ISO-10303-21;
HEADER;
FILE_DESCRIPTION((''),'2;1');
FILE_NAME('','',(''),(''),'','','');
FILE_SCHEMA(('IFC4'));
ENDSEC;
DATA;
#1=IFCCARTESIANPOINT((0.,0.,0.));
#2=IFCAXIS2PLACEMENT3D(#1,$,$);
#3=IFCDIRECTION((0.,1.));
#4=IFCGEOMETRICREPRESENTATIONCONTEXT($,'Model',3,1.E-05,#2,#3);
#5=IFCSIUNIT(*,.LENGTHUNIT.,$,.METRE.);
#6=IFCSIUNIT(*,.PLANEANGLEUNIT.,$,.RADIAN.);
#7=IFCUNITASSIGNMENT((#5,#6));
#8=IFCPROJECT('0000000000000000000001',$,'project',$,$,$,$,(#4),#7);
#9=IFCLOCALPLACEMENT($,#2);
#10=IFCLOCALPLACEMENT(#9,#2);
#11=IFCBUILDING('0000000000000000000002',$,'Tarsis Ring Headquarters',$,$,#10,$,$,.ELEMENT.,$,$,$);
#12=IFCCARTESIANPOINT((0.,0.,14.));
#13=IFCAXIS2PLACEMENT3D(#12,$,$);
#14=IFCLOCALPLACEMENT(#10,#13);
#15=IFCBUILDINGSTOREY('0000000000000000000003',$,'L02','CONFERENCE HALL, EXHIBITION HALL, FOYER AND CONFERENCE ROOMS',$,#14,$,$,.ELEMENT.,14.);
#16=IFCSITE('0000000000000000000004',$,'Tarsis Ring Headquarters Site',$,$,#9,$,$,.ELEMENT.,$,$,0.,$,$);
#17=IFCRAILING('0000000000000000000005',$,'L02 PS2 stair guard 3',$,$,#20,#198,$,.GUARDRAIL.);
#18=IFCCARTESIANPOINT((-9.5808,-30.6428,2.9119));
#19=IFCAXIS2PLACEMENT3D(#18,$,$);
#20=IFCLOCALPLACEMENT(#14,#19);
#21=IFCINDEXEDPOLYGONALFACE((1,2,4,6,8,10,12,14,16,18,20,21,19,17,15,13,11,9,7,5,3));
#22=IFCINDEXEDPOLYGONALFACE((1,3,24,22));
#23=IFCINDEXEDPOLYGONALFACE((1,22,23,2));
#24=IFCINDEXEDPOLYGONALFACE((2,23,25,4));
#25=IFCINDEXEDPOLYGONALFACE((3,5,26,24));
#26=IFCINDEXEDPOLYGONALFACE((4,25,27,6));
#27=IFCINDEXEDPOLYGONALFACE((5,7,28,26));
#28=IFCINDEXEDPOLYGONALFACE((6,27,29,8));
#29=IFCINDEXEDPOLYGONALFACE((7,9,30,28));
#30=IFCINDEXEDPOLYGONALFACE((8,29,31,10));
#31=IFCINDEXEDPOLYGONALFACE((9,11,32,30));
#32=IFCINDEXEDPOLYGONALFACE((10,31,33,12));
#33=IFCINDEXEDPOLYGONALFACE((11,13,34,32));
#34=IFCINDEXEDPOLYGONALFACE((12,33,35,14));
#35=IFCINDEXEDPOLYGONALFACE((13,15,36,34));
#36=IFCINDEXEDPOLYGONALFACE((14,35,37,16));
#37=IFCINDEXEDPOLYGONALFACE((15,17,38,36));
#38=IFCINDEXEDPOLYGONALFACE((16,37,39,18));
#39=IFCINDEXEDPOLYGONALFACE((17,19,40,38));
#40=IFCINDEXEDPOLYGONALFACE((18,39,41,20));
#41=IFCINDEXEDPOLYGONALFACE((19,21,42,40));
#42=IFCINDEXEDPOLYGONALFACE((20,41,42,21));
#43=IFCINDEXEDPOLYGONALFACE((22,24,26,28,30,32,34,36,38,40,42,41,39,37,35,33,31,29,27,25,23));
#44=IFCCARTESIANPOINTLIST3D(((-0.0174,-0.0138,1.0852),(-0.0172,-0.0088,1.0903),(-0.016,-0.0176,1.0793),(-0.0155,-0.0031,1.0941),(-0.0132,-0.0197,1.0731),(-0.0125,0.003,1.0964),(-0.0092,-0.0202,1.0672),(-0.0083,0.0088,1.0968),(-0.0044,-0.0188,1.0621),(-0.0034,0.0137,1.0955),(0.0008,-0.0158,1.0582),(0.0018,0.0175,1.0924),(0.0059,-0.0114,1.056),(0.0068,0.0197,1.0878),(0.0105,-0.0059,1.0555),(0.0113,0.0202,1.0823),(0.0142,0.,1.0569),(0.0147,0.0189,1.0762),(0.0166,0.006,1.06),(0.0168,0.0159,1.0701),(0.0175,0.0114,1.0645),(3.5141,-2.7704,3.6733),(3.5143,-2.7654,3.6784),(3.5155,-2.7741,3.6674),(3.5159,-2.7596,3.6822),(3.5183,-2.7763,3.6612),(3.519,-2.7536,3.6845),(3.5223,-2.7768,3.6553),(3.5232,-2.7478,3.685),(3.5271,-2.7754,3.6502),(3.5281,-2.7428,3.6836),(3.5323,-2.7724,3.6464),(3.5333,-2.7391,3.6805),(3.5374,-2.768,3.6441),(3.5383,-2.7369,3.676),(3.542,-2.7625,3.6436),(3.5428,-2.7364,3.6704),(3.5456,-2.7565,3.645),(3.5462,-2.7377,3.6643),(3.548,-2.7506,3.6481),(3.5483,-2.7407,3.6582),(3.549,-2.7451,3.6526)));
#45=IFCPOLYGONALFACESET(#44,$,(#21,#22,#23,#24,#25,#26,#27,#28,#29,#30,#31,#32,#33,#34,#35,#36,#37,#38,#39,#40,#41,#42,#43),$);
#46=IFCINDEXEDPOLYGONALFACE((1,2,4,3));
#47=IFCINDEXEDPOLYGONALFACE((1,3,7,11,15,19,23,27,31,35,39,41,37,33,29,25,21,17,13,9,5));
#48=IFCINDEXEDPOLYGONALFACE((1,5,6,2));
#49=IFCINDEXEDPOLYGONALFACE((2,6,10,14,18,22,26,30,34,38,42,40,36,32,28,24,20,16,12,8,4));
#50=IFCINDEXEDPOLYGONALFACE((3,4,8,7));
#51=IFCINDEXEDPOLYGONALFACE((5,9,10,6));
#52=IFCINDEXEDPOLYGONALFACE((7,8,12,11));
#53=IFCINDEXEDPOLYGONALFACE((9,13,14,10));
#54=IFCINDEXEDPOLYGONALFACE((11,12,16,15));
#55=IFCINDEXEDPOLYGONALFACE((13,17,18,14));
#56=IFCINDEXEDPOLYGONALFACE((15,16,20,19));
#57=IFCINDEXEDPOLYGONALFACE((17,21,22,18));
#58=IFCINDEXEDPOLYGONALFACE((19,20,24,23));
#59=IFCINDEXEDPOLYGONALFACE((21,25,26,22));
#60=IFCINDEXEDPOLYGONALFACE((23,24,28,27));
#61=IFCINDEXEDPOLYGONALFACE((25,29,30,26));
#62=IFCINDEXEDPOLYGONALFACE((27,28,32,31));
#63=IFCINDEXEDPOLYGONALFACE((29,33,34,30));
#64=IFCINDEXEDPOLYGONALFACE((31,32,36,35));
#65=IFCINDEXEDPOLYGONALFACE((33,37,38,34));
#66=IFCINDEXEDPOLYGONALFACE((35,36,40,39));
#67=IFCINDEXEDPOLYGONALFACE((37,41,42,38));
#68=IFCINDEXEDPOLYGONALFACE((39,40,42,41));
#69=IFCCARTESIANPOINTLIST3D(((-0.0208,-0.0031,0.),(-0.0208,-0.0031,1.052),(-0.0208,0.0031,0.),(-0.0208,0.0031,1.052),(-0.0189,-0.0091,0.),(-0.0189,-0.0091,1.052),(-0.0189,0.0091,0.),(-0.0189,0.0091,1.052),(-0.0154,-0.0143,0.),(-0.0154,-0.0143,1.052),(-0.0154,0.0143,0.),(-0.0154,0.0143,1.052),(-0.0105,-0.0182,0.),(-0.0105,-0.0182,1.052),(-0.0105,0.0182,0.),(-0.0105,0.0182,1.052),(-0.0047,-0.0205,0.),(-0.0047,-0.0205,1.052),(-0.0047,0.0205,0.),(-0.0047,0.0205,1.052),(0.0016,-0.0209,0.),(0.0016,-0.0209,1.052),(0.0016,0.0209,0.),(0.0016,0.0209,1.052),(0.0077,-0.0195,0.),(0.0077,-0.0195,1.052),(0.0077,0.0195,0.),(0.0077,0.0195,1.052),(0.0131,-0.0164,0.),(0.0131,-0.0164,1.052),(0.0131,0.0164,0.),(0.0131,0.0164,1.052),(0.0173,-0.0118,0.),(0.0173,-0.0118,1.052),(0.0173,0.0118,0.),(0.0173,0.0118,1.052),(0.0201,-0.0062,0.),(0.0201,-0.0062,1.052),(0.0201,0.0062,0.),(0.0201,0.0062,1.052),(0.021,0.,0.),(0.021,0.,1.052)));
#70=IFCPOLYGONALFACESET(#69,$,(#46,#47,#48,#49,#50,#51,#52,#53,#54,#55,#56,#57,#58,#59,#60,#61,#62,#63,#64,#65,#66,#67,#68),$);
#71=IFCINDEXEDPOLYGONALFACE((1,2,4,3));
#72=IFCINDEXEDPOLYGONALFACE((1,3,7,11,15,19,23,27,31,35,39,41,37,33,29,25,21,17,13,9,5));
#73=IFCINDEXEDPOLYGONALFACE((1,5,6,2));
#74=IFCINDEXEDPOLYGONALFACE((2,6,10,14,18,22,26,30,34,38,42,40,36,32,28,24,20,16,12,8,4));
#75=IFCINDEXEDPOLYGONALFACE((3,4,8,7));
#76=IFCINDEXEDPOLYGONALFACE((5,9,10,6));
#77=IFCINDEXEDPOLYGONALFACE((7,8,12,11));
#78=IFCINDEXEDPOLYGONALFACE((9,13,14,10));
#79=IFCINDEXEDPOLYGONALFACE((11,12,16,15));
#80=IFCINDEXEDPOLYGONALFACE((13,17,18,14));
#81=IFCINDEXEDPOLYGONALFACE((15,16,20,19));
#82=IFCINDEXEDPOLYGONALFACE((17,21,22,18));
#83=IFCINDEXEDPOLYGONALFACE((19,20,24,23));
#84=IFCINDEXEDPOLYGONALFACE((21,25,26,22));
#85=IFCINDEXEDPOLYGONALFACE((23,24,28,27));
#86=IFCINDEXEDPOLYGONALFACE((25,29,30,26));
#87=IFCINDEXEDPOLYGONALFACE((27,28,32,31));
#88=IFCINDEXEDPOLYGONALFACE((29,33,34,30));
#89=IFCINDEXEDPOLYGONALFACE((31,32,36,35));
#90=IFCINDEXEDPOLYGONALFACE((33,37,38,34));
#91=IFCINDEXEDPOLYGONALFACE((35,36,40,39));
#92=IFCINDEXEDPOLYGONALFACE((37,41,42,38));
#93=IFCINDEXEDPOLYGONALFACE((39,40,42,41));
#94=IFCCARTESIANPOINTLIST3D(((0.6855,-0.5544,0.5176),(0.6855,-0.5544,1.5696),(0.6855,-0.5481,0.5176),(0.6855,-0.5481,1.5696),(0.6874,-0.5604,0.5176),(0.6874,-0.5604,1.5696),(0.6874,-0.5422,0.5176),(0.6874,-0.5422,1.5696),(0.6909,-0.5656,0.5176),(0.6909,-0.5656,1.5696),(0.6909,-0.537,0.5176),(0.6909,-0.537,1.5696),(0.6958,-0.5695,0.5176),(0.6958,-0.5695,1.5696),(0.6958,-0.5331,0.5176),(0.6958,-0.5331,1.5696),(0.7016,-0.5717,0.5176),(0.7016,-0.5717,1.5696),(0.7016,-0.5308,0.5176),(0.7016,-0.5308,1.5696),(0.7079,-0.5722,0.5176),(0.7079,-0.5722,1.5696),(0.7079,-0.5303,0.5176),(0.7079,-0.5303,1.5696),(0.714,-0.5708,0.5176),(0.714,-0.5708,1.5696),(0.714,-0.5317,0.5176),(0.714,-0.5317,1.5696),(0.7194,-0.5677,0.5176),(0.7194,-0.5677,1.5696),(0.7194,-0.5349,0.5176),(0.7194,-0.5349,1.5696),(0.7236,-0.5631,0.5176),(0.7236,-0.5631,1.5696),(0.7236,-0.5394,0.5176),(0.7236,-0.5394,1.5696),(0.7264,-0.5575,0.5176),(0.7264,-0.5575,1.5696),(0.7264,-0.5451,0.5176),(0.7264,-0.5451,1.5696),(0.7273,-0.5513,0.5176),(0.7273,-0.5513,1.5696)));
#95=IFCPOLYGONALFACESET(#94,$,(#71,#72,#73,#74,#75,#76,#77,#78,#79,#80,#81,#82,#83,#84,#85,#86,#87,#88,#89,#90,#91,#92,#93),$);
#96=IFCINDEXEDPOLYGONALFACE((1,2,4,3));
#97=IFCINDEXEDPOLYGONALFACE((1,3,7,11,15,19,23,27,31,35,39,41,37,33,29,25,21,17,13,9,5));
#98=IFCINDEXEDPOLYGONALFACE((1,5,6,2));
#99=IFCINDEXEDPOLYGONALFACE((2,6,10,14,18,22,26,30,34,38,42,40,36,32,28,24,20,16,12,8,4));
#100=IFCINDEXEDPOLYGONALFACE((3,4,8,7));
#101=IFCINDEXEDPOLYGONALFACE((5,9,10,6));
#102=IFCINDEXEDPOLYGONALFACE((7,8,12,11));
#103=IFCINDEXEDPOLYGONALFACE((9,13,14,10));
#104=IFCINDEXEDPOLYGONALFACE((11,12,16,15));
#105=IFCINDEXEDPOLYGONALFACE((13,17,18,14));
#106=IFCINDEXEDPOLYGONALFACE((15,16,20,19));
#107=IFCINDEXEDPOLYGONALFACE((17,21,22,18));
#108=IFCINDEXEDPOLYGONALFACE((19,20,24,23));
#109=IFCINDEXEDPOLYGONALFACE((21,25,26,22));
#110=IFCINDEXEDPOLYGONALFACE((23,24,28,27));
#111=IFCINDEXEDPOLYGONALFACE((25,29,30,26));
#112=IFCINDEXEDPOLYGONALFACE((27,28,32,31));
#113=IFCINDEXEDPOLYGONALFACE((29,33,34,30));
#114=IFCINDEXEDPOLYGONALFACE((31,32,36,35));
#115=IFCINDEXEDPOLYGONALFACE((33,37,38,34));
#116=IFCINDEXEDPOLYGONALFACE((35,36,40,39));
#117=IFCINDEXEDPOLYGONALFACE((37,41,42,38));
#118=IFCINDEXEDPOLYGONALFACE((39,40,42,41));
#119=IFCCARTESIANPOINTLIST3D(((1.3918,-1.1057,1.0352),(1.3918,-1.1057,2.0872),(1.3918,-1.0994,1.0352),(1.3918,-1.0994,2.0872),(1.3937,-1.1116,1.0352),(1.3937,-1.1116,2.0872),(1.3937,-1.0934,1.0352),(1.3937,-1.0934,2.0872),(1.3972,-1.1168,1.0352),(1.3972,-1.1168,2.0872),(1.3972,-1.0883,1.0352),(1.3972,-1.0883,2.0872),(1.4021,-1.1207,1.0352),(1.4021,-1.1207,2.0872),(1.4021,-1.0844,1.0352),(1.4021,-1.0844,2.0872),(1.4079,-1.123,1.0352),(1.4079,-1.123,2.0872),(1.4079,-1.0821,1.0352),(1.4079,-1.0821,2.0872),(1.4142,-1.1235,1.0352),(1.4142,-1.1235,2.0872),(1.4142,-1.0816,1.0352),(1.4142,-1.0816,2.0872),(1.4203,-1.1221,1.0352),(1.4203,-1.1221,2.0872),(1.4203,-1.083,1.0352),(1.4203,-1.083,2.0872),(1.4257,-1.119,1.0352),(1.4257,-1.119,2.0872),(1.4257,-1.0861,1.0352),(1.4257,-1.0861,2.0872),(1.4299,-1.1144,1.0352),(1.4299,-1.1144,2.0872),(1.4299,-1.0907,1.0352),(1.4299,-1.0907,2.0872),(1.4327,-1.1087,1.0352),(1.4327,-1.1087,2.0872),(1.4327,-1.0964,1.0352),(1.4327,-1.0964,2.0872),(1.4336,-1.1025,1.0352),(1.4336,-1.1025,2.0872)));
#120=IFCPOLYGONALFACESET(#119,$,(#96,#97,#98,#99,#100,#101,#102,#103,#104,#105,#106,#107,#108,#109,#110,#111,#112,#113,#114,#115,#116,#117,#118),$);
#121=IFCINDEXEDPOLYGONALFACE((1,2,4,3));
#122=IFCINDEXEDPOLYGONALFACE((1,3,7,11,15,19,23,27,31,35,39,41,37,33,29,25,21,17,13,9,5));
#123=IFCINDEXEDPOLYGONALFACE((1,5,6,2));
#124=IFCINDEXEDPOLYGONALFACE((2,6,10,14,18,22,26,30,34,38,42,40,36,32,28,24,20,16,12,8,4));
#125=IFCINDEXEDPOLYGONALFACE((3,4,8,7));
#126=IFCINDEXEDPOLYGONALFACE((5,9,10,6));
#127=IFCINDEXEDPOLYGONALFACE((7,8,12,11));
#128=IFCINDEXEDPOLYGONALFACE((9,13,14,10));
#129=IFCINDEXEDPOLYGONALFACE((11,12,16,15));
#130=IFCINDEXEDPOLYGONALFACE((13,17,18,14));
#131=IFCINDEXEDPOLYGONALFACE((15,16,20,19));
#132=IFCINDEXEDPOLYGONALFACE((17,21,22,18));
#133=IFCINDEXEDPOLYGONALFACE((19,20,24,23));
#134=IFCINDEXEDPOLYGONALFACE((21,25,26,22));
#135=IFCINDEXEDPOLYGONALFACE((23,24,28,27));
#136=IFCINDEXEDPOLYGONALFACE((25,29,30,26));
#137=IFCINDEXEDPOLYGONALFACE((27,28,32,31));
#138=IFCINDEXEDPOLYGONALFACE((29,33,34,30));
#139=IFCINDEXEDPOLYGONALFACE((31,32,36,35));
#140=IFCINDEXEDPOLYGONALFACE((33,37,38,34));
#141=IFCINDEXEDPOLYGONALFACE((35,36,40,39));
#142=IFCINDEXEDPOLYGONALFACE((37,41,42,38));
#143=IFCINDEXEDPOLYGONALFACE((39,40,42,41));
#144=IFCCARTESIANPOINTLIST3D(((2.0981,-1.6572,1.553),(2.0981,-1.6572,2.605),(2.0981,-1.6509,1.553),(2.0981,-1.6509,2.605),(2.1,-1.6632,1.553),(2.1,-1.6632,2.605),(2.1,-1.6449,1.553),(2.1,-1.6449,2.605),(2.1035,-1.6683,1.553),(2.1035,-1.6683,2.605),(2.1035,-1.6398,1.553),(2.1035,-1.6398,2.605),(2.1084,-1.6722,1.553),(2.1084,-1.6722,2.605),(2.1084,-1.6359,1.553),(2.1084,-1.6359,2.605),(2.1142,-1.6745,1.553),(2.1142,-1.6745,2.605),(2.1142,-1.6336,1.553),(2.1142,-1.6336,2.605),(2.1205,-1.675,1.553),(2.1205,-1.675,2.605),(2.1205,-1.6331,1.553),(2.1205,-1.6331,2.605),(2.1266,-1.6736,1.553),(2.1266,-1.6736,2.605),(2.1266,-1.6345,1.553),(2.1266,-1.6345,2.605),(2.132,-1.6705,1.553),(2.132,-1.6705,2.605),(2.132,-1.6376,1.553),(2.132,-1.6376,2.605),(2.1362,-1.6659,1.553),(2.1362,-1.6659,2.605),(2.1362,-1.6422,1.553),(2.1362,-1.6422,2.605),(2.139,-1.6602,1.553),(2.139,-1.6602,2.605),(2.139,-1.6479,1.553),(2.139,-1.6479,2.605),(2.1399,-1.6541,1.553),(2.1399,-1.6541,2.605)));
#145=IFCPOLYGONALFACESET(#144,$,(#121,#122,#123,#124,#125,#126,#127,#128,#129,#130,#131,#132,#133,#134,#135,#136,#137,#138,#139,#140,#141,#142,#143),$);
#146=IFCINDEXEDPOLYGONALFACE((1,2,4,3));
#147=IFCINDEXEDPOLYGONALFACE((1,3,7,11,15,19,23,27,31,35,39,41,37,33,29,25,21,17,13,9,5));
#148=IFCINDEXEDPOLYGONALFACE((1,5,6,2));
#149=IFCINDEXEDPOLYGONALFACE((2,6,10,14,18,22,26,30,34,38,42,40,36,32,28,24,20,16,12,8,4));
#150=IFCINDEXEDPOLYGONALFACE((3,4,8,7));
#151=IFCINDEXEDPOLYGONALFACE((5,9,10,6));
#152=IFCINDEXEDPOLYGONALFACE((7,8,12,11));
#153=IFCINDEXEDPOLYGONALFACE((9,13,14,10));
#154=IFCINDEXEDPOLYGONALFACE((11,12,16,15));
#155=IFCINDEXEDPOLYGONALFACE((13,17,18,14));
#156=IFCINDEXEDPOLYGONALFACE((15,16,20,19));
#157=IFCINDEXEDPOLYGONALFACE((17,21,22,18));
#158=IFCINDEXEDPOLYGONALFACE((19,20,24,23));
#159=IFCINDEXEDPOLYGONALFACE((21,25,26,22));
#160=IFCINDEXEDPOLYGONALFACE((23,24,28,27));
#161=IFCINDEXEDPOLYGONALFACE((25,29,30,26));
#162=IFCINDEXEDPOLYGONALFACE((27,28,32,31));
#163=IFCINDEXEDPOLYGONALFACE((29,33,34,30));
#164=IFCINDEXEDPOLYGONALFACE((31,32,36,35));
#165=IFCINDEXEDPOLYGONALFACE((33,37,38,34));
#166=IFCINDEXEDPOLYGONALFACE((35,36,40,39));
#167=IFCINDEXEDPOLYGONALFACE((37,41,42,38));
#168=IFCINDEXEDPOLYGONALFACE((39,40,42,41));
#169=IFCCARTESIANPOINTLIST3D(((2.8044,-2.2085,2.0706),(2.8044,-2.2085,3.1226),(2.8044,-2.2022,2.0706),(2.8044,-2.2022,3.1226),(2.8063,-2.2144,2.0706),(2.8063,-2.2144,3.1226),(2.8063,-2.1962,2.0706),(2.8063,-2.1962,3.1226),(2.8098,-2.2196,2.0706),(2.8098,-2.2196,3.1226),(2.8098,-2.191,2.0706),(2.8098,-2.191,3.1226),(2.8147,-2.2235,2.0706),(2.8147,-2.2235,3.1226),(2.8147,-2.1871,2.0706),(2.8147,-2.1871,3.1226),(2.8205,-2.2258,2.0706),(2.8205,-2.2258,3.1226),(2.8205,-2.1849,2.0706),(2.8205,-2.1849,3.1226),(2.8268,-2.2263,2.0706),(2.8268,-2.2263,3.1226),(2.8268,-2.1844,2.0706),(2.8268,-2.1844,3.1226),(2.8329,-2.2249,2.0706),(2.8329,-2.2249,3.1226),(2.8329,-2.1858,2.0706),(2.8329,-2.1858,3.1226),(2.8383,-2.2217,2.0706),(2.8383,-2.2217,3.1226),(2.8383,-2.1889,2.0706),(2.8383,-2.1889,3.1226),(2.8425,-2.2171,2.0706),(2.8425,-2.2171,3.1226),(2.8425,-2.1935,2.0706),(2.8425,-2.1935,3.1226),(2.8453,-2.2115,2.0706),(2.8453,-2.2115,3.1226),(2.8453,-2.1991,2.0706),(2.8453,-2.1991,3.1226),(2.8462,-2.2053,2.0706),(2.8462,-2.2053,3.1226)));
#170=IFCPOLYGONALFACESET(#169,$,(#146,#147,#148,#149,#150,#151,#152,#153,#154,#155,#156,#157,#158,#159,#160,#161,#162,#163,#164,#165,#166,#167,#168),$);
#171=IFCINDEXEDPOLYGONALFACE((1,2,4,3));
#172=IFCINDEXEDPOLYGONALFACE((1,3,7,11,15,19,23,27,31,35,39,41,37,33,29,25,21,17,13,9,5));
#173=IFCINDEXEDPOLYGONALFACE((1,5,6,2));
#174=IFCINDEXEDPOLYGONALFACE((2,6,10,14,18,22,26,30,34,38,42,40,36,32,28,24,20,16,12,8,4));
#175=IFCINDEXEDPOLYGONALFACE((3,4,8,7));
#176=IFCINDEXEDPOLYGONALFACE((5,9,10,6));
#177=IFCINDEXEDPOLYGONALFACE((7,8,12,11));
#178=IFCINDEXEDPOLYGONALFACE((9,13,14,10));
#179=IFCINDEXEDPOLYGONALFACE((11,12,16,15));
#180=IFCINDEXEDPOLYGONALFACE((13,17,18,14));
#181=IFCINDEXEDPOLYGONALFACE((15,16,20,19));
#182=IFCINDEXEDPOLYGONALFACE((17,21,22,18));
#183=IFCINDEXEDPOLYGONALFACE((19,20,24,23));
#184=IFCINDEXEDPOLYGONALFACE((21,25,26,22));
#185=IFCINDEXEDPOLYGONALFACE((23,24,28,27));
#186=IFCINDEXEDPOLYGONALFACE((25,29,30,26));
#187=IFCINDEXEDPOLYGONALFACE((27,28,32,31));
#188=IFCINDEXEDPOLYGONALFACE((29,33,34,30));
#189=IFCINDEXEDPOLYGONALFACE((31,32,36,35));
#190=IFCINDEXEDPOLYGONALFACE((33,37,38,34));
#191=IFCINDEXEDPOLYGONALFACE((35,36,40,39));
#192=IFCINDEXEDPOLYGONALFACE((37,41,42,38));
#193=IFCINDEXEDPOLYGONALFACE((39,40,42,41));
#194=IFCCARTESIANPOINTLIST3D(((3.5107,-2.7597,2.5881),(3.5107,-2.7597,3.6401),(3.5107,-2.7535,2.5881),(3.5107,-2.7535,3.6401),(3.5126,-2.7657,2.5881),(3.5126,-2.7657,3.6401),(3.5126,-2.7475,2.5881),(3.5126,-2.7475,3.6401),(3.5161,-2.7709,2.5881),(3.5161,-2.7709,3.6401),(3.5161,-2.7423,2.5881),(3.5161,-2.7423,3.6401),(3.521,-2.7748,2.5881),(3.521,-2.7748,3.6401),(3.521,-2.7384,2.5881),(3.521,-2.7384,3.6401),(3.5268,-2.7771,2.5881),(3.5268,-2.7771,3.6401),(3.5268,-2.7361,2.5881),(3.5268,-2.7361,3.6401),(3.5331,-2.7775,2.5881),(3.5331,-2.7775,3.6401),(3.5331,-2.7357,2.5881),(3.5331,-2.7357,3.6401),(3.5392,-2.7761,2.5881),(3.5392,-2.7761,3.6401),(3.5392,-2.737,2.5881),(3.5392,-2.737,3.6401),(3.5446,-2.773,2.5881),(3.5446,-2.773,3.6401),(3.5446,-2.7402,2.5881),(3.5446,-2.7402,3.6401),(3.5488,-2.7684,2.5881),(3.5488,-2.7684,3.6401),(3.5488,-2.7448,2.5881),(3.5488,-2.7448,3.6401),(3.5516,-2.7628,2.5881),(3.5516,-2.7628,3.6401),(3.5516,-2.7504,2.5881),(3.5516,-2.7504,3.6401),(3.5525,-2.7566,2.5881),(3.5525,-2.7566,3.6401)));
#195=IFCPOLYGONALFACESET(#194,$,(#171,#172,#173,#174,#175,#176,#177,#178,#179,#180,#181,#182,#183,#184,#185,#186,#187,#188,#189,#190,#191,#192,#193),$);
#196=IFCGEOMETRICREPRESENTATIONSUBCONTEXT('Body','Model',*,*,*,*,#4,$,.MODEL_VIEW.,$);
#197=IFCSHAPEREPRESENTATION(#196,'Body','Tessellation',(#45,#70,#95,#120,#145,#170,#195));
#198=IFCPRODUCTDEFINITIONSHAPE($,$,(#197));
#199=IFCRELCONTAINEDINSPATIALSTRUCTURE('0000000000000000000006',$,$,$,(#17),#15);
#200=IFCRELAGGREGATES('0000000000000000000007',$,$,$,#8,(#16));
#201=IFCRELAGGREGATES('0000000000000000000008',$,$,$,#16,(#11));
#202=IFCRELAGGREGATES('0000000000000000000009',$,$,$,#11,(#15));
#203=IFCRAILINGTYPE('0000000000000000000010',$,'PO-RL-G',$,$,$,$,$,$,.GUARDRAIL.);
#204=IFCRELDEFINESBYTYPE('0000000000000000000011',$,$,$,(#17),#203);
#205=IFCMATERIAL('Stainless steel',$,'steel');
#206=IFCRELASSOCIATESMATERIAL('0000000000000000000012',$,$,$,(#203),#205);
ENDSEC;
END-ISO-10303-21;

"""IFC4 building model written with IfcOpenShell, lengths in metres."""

from ifc_helpers import new_model, si_unit, direction, frame, origin, origin_2d, place, context, subcontext, project, spatial, circle, extrude, material, type_object, element, save


model = new_model("IFC4")

# Units and contexts
model_context = context("Model", 3, precision=1e-05, world=origin(), true_north=direction((0.0, 1.0)))
body_context = subcontext(model_context, "Body", "Model", "MODEL_VIEW")
ifc_project = project(units=[si_unit("LENGTHUNIT", "METRE"), si_unit("PLANEANGLEUNIT", "RADIAN")], contexts=[model_context])

# Site, building, storey
site_placement = place(None, origin())
site = spatial("IfcSite", under=ifc_project, at=site_placement, Name="Tarsis Ring Headquarters Site", CompositionType="ELEMENT", RefElevation=0.0)
building_placement = place(site_placement, origin())
building = spatial("IfcBuilding", under=site, at=building_placement, Name="Tarsis Ring Headquarters", CompositionType="ELEMENT")
storey_placement = place(building_placement, frame((0.0, 0.0, 14.0)))
storey = spatial("IfcBuildingStorey", under=building, at=storey_placement, Name="L02", Description="CONFERENCE HALL, EXHIBITION HALL, FOYER AND CONFERENCE ROOMS", CompositionType="ELEMENT", Elevation=14.0)

# Railing
ifc_material_1 = material(Name="Stainless steel", Category="steel")
railing_type_1 = type_object("IfcRailingType", Name="PO-RL-G", PredefinedType="GUARDRAIL", material=ifc_material_1)
railing_1_placement = place(storey_placement, frame((-9.5808, -30.6428, 2.9119)))
element("IfcRailing", 1, at=railing_1_placement, inside=storey, type_object=railing_type_1, Name="L02 PS2 stair guard 3", PredefinedType="GUARDRAIL", context=body_context, shape_type="SweptSolid", body=[
    extrude(circle(Radius=0.0239, at=origin_2d()), frame((0.0, 0.0, 1.0762), z_axis=(0.682566, -0.532793, 0.500234), x_axis=(0.615313, 0.788283, 0.0)), (0.0, 0.0, 1.0), 5.1738),
    extrude(circle(Radius=0.021, at=origin_2d()), origin(), (0.0, 0.0, 1.0), 1.052),
    extrude(circle(Radius=0.021, at=origin_2d()), frame((0.7063, -0.5513, 0.5176)), (0.0, 0.0, 1.0), 1.052),
    extrude(circle(Radius=0.021, at=origin_2d()), frame((1.4126, -1.1025, 1.0352)), (0.0, 0.0, 1.0), 1.052),
    extrude(circle(Radius=0.021, at=origin_2d()), frame((2.1189, -1.6541, 1.553)), (0.0, 0.0, 1.0), 1.052),
    extrude(circle(Radius=0.021, at=origin_2d()), frame((2.8252, -2.2053, 2.0706)), (0.0, 0.0, 1.0), 1.052),
    extrude(circle(Radius=0.021, at=origin_2d()), frame((3.5315, -2.7566, 2.5881)), (0.0, 0.0, 1.0), 1.052),
])

save(model, "model.ifc")
